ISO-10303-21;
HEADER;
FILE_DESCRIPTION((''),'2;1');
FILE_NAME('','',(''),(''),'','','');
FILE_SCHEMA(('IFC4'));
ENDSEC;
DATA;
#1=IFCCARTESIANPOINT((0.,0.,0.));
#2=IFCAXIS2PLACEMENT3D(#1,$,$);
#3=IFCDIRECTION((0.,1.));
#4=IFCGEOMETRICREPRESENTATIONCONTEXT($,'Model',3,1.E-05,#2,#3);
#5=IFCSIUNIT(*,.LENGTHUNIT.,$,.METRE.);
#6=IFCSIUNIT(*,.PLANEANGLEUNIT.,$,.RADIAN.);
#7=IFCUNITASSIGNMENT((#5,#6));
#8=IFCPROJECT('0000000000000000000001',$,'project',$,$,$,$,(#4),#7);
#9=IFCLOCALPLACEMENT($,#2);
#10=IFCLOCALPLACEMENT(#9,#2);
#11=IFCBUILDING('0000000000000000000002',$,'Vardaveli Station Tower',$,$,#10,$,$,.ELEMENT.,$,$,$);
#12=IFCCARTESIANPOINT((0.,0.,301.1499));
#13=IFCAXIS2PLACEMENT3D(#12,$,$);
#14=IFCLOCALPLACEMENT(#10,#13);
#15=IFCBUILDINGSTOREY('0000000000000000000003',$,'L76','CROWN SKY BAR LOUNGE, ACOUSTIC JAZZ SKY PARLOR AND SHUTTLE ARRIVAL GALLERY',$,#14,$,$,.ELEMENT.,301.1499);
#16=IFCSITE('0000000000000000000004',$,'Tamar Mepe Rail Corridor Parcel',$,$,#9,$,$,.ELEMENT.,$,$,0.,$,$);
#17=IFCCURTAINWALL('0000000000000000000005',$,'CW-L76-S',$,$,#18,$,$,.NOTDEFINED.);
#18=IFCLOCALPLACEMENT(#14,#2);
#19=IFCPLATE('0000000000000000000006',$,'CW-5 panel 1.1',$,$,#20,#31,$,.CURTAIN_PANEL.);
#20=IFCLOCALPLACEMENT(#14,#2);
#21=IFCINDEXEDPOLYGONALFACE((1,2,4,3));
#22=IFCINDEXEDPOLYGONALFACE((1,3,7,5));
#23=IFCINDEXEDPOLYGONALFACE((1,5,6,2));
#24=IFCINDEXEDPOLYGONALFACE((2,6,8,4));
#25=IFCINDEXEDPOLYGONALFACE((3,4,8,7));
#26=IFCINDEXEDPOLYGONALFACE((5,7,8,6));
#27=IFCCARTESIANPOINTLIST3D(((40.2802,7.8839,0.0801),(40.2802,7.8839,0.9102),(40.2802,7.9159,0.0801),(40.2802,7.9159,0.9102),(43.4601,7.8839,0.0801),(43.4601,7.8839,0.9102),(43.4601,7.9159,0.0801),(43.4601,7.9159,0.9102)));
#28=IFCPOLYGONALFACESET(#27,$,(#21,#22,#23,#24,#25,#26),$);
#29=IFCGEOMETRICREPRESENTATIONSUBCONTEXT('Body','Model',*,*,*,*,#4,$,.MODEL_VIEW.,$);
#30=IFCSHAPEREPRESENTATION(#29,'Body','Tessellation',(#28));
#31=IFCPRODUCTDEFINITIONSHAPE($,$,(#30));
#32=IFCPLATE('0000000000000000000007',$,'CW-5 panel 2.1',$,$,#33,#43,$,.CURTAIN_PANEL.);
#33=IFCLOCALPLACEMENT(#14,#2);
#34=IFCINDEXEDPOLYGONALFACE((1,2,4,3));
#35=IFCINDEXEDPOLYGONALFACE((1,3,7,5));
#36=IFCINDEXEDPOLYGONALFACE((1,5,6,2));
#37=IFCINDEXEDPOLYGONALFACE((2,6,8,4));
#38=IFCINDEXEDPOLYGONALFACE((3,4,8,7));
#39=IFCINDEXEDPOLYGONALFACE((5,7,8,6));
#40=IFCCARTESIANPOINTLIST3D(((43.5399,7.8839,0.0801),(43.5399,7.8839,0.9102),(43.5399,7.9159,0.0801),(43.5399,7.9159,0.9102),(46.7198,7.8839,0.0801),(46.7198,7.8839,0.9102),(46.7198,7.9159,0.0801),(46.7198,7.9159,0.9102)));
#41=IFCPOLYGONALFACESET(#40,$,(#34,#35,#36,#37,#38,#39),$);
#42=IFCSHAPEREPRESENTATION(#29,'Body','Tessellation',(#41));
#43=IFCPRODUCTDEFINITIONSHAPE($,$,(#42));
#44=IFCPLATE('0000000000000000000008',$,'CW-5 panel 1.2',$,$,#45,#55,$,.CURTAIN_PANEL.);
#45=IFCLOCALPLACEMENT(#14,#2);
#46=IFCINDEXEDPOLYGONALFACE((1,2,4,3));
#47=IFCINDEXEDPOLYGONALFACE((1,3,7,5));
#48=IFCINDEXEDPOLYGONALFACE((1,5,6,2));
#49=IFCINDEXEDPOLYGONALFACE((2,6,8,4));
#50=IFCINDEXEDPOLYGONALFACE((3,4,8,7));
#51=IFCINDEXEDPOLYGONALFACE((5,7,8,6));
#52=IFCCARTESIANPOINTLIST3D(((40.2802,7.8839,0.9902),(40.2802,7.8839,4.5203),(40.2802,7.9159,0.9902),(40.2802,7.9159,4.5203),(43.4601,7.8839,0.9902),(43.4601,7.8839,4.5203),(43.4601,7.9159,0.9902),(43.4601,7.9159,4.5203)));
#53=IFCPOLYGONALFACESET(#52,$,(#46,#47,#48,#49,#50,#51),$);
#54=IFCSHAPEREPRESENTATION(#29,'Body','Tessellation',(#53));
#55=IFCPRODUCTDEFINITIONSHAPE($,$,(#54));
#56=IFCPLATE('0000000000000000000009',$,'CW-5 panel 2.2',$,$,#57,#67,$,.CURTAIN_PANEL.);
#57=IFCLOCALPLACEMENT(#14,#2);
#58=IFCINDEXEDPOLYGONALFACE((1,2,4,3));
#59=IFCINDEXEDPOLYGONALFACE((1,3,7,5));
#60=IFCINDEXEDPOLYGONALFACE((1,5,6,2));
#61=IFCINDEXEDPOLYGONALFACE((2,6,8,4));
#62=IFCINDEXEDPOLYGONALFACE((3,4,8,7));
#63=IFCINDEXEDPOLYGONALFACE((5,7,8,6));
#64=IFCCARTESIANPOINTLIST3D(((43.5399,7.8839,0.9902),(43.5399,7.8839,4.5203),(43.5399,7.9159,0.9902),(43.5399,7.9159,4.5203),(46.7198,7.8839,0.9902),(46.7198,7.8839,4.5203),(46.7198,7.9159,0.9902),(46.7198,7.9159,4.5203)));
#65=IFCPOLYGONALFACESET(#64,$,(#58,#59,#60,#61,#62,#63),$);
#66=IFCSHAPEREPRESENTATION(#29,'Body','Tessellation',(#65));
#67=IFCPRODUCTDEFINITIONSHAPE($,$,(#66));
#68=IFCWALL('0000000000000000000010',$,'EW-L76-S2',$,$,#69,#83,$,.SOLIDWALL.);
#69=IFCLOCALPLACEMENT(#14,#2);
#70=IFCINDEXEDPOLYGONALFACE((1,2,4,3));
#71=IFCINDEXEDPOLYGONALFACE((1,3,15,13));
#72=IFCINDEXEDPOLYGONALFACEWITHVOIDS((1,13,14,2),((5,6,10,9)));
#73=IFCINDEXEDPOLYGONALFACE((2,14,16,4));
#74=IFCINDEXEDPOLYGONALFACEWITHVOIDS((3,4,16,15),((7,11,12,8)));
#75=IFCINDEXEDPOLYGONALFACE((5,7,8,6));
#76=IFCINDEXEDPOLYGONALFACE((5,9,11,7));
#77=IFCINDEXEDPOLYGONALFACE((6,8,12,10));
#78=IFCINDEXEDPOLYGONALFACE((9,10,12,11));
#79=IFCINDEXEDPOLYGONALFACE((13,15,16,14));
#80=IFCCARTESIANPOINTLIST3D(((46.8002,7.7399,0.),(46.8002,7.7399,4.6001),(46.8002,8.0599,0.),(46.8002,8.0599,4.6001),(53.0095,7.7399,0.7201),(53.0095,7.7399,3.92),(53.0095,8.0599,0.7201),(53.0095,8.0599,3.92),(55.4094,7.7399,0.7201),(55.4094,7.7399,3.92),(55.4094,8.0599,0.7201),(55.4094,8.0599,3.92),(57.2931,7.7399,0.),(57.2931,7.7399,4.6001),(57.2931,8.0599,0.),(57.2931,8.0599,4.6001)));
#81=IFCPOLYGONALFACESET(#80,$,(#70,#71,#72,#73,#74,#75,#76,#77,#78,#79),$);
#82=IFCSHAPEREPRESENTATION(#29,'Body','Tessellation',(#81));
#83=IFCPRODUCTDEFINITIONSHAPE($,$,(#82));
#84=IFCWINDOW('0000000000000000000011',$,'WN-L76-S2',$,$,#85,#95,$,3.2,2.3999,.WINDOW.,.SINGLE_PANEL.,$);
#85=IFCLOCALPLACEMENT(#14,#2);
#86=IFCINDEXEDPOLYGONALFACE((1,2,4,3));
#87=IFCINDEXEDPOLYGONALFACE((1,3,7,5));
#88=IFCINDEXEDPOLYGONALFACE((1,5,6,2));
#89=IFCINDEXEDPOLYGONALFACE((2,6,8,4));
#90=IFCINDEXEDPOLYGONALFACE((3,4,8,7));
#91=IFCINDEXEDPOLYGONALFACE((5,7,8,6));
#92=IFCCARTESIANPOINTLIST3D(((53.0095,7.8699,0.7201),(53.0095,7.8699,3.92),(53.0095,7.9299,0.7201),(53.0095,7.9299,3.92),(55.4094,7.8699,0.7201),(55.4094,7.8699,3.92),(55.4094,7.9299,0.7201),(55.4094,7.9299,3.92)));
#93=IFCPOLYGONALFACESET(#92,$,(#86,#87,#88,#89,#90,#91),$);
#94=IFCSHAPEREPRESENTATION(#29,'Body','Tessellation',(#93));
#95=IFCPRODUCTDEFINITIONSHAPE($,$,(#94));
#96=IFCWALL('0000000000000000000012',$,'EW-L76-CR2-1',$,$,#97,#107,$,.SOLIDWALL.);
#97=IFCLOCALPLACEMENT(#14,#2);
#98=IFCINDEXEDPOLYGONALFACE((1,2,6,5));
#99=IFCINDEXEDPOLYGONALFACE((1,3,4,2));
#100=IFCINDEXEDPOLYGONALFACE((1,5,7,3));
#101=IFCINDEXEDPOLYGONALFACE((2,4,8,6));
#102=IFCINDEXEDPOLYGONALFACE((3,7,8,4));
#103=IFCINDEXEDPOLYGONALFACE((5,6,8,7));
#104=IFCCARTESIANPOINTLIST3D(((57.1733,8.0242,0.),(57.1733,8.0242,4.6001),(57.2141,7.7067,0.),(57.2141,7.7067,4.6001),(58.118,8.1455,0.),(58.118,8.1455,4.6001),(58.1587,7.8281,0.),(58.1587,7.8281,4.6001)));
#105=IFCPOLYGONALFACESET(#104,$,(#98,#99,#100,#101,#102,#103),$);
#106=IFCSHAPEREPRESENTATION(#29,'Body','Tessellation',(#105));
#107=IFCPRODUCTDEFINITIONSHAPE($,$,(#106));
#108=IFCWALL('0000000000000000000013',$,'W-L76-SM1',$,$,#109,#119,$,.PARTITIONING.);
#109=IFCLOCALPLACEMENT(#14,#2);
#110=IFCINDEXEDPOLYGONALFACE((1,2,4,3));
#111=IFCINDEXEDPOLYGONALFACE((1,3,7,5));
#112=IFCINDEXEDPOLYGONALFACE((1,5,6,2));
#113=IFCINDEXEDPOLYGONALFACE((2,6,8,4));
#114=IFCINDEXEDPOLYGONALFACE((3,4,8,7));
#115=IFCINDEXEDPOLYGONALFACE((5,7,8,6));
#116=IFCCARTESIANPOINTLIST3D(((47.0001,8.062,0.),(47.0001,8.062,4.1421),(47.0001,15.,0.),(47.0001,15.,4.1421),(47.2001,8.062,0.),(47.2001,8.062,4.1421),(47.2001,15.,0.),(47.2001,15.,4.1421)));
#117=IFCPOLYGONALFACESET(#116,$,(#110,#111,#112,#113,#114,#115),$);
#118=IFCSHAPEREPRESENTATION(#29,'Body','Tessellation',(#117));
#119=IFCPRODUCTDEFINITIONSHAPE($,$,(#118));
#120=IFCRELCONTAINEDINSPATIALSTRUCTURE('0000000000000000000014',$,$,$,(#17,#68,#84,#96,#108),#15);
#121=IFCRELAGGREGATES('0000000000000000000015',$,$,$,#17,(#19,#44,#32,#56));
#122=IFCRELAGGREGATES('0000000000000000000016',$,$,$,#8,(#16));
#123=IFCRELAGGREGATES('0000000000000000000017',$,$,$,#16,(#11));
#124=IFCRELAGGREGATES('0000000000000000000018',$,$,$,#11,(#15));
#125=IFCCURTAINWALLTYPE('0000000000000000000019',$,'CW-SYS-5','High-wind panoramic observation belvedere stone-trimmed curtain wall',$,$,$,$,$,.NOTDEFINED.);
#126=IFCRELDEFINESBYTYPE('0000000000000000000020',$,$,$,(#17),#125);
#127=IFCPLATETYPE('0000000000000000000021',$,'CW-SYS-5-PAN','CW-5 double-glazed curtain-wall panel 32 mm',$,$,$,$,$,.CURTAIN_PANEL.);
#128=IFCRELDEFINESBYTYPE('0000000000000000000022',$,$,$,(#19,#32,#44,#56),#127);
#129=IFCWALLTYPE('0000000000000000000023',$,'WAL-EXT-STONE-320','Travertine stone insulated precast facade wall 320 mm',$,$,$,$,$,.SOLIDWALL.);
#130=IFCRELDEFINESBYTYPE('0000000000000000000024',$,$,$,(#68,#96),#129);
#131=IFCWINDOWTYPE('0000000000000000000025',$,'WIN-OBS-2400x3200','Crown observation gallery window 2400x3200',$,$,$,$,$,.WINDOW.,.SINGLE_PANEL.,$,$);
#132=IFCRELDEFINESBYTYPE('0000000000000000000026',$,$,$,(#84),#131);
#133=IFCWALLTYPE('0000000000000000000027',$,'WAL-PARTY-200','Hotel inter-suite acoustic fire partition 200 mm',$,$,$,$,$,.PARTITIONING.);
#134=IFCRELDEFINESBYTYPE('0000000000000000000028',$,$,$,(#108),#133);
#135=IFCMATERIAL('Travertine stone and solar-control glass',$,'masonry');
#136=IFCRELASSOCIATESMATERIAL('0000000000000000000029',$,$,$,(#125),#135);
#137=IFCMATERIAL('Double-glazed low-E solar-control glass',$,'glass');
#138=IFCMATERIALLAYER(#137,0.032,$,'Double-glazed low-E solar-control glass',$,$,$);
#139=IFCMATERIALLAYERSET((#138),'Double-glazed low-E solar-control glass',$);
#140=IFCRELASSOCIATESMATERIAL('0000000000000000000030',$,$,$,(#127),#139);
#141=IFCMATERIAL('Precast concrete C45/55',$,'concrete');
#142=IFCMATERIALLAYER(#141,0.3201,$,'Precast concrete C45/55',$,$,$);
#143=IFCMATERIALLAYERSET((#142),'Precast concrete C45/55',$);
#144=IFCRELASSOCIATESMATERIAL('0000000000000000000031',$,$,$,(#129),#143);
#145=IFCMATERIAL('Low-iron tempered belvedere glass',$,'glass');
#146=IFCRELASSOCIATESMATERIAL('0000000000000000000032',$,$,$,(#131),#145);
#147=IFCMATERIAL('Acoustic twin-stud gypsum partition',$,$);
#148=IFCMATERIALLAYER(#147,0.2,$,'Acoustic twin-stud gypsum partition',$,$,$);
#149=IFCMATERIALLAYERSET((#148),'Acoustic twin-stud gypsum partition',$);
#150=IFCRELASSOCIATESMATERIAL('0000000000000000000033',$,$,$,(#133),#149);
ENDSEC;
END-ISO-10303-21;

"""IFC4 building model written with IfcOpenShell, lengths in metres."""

from ifc_helpers import new_model, si_unit, direction, frame, frame_2d, origin, origin_2d, place, context, subcontext, project, spatial, rectangle, extrude, source, transform, mapped, material, layer, layer_set, type_object, element, fill, aggregate, save


model = new_model("IFC4")

# Units and contexts
model_context = context("Model", 3, precision=1e-05, world=origin(), true_north=direction((0.0, 1.0)))
body_context = subcontext(model_context, "Body", "Model", "MODEL_VIEW")
ifc_project = project(units=[si_unit("LENGTHUNIT", "METRE"), si_unit("PLANEANGLEUNIT", "RADIAN")], contexts=[model_context])

# Site, building, storey
site_placement = place(None, origin())
site = spatial("IfcSite", under=ifc_project, at=site_placement, Name="Tamar Mepe Rail Corridor Parcel", CompositionType="ELEMENT", RefElevation=0.0)
building_placement = place(site_placement, origin())
building = spatial("IfcBuilding", under=site, at=building_placement, Name="Vardaveli Station Tower", CompositionType="ELEMENT")
storey_placement = place(building_placement, frame((0.0, 0.0, 301.1499)))
storey = spatial("IfcBuildingStorey", under=building, at=storey_placement, Name="L76", Description="CROWN SKY BAR LOUNGE, ACOUSTIC JAZZ SKY PARLOR AND SHUTTLE ARRIVAL GALLERY", CompositionType="ELEMENT", Elevation=301.1499)

# Shared definitions
ifc_material_1 = material(Name="Precast concrete C45/55", Category="concrete")

# Curtain wall
ifc_material_2 = material(Name="Travertine stone and solar-control glass", Category="masonry")
curtain_wall_type = type_object("IfcCurtainWallType", Name="CW-SYS-5", Description="High-wind panoramic observation belvedere stone-trimmed curtain wall", PredefinedType="NOTDEFINED", material=ifc_material_2)
curtain_wall_placement = place(storey_placement, origin())
curtain_wall = element("IfcCurtainWall", 1, at=curtain_wall_placement, inside=storey, type_object=curtain_wall_type, Name="CW-L76-S", PredefinedType="NOTDEFINED")

# Plates
ifc_material_3 = material(Name="Double-glazed low-E solar-control glass", Category="glass")
ifc_layer_1 = layer(ifc_material_3, 0.032, Name="Double-glazed low-E solar-control glass")
ifc_layer_set_1 = layer_set([ifc_layer_1], Name="Double-glazed low-E solar-control glass")
plate_type_1 = type_object("IfcPlateType", Name="CW-SYS-5-PAN", Description="CW-5 double-glazed curtain-wall panel 32 mm", PredefinedType="CURTAIN_PANEL", material=ifc_layer_set_1)
shared_shape_1 = source(origin(), body_context, "Body", "SweptSolid", [
    extrude(rectangle(XDim=3.1799, YDim=0.032, at=origin_2d()), origin(), (0.0, 0.0, 1.0), 0.8301),
])
plate_1_placement = place(storey_placement, frame((41.8701, 7.8999, 0.0801), z_axis=(0.0, 0.0, 1.0), x_axis=(1.0, 0.0, 0.0)))
plate_1 = element("IfcPlate", 2, at=plate_1_placement, type_object=plate_type_1, Name="CW-5 panel 1.1", PredefinedType="CURTAIN_PANEL", context=body_context, shape_type="MappedRepresentation", body=[
    mapped(shared_shape_1, transform((0.0, 0.0, 0.0), scale=1.0)),
])
plate_2_placement = place(storey_placement, frame((45.1299, 7.8999, 0.0801), z_axis=(0.0, 0.0, 1.0), x_axis=(1.0, 0.0, 0.0)))
plate_2 = element("IfcPlate", 3, at=plate_2_placement, type_object=plate_type_1, Name="CW-5 panel 2.1", PredefinedType="CURTAIN_PANEL", context=body_context, shape_type="MappedRepresentation", body=[
    mapped(shared_shape_1, transform((0.0, 0.0, 0.0), scale=1.0)),
])
shared_shape_2 = source(origin(), body_context, "Body", "SweptSolid", [
    extrude(rectangle(XDim=3.1799, YDim=0.032, at=origin_2d()), origin(), (0.0, 0.0, 1.0), 3.53),
])
plate_3_placement = place(storey_placement, frame((41.8701, 7.8999, 0.9902), z_axis=(0.0, 0.0, 1.0), x_axis=(1.0, 0.0, 0.0)))
plate_3 = element("IfcPlate", 4, at=plate_3_placement, type_object=plate_type_1, Name="CW-5 panel 1.2", PredefinedType="CURTAIN_PANEL", context=body_context, shape_type="MappedRepresentation", body=[
    mapped(shared_shape_2, transform((0.0, 0.0, 0.0), scale=1.0)),
])
plate_4_placement = place(storey_placement, frame((45.1299, 7.8999, 0.9902), z_axis=(0.0, 0.0, 1.0), x_axis=(1.0, 0.0, 0.0)))
plate_4 = element("IfcPlate", 5, at=plate_4_placement, type_object=plate_type_1, Name="CW-5 panel 2.2", PredefinedType="CURTAIN_PANEL", context=body_context, shape_type="MappedRepresentation", body=[
    mapped(shared_shape_2, transform((0.0, 0.0, 0.0), scale=1.0)),
])
aggregate(curtain_wall, [plate_1, plate_3, plate_2, plate_4])

# Wall, opening, window
ifc_layer_2 = layer(ifc_material_1, 0.3201, Name="Precast concrete C45/55")
ifc_layer_set_2 = layer_set([ifc_layer_2], Name="Precast concrete C45/55")
wall_type_1 = type_object("IfcWallType", Name="WAL-EXT-STONE-320", Description="Travertine stone insulated precast facade wall 320 mm", PredefinedType="SOLIDWALL", material=ifc_layer_set_2)
shared_shape_3 = source(origin(), body_context, "Body", "SweptSolid", [
    extrude(rectangle(XDim=10.4929, YDim=0.3201, at=frame_2d((5.2466, 0.0))), origin(), (0.0, 0.0, 1.0), 4.6001),
])
wall_1_placement = place(storey_placement, frame((46.8, 7.8999, 0.0), z_axis=(0.0, 0.0, 1.0), x_axis=(1.0, 0.0, 0.0)))
wall_1 = element("IfcWall", 6, at=wall_1_placement, inside=storey, type_object=wall_type_1, Name="EW-L76-S2", PredefinedType="SOLIDWALL", context=body_context, shape_type="MappedRepresentation", body=[
    mapped(shared_shape_3, transform((0.0, 0.0, 0.0), scale=1.0)),
])
shared_shape_4 = source(origin(), body_context, "Body", "SweptSolid", [
    extrude(rectangle(XDim=2.3999, YDim=3.2, at=frame_2d((1.2, 1.6001))), frame((0.0, 0.1699, 0.0), z_axis=(0.0, -1.0, 0.0), x_axis=(1.0, 0.0, 0.0)), (0.0, 0.0, 1.0), 0.3401),
])
opening_placement = place(wall_1_placement, frame((6.2095, 0.0, 0.72)))
opening = element("IfcOpeningElement", 7, at=opening_placement, cuts=wall_1, PredefinedType="OPENING", context=body_context, shape_type="MappedRepresentation", body=[
    mapped(shared_shape_4, transform((0.0, 0.0, 0.0), scale=1.0)),
])
ifc_material_4 = material(Name="Low-iron tempered belvedere glass", Category="glass")
window_type = type_object("IfcWindowType", Name="WIN-OBS-2400x3200", Description="Crown observation gallery window 2400x3200", PartitioningType="SINGLE_PANEL", PredefinedType="WINDOW", material=ifc_material_4)
shared_shape_5 = source(origin(), body_context, "Body", "SweptSolid", [
    extrude(rectangle(XDim=2.3999, YDim=3.2, at=frame_2d((1.2, 1.6001))), frame((0.0, 0.03, 0.0), z_axis=(0.0, -1.0, 0.0), x_axis=(1.0, 0.0, 0.0)), (0.0, 0.0, 1.0), 0.0601),
])
window_placement = place(opening_placement, origin())
window = element("IfcWindow", 8, at=window_placement, inside=storey, type_object=window_type, Name="WN-L76-S2", OverallHeight=3.2, OverallWidth=2.3999, PartitioningType="SINGLE_PANEL", PredefinedType="WINDOW", context=body_context, shape_type="MappedRepresentation", body=[
    mapped(shared_shape_5, transform((0.0, 0.0, 0.0), scale=1.0)),
])
fill(opening, window)

# Walls
shared_shape_6 = source(origin(), body_context, "Body", "SweptSolid", [
    extrude(rectangle(XDim=0.9524, YDim=0.3201, at=frame_2d((0.4761, 0.0))), origin(), (0.0, 0.0, 1.0), 4.6001),
])
wall_2_placement = place(storey_placement, frame((57.1938, 7.8655, 0.0), z_axis=(0.0, 0.0, 1.0), x_axis=(0.99185, 0.12741, 0.0)))
element("IfcWall", 9, at=wall_2_placement, inside=storey, type_object=wall_type_1, Name="EW-L76-CR2-1", PredefinedType="SOLIDWALL", context=body_context, shape_type="MappedRepresentation", body=[
    mapped(shared_shape_6, transform((0.0, 0.0, 0.0), scale=1.0)),
])
ifc_material_5 = material(Name="Acoustic twin-stud gypsum partition")
ifc_layer_3 = layer(ifc_material_5, 0.2, Name="Acoustic twin-stud gypsum partition")
ifc_layer_set_3 = layer_set([ifc_layer_3], Name="Acoustic twin-stud gypsum partition")
wall_type_2 = type_object("IfcWallType", Name="WAL-PARTY-200", Description="Hotel inter-suite acoustic fire partition 200 mm", PredefinedType="PARTITIONING", material=ifc_layer_set_3)
shared_shape_7 = source(origin(), body_context, "Body", "SweptSolid", [
    extrude(rectangle(XDim=6.938, YDim=0.2, at=frame_2d((3.469, 0.0))), origin(), (0.0, 0.0, 1.0), 4.1421),
])
wall_3_placement = place(storey_placement, frame((47.1001, 8.062, 0.0), z_axis=(0.0, 0.0, 1.0), x_axis=(0.0, 1.0, 0.0)))
element("IfcWall", 10, at=wall_3_placement, inside=storey, type_object=wall_type_2, Name="W-L76-SM1", PredefinedType="PARTITIONING", context=body_context, shape_type="MappedRepresentation", body=[
    mapped(shared_shape_7, transform((0.0, 0.0, 0.0), scale=1.0)),
])

save(model, "model.ifc")
